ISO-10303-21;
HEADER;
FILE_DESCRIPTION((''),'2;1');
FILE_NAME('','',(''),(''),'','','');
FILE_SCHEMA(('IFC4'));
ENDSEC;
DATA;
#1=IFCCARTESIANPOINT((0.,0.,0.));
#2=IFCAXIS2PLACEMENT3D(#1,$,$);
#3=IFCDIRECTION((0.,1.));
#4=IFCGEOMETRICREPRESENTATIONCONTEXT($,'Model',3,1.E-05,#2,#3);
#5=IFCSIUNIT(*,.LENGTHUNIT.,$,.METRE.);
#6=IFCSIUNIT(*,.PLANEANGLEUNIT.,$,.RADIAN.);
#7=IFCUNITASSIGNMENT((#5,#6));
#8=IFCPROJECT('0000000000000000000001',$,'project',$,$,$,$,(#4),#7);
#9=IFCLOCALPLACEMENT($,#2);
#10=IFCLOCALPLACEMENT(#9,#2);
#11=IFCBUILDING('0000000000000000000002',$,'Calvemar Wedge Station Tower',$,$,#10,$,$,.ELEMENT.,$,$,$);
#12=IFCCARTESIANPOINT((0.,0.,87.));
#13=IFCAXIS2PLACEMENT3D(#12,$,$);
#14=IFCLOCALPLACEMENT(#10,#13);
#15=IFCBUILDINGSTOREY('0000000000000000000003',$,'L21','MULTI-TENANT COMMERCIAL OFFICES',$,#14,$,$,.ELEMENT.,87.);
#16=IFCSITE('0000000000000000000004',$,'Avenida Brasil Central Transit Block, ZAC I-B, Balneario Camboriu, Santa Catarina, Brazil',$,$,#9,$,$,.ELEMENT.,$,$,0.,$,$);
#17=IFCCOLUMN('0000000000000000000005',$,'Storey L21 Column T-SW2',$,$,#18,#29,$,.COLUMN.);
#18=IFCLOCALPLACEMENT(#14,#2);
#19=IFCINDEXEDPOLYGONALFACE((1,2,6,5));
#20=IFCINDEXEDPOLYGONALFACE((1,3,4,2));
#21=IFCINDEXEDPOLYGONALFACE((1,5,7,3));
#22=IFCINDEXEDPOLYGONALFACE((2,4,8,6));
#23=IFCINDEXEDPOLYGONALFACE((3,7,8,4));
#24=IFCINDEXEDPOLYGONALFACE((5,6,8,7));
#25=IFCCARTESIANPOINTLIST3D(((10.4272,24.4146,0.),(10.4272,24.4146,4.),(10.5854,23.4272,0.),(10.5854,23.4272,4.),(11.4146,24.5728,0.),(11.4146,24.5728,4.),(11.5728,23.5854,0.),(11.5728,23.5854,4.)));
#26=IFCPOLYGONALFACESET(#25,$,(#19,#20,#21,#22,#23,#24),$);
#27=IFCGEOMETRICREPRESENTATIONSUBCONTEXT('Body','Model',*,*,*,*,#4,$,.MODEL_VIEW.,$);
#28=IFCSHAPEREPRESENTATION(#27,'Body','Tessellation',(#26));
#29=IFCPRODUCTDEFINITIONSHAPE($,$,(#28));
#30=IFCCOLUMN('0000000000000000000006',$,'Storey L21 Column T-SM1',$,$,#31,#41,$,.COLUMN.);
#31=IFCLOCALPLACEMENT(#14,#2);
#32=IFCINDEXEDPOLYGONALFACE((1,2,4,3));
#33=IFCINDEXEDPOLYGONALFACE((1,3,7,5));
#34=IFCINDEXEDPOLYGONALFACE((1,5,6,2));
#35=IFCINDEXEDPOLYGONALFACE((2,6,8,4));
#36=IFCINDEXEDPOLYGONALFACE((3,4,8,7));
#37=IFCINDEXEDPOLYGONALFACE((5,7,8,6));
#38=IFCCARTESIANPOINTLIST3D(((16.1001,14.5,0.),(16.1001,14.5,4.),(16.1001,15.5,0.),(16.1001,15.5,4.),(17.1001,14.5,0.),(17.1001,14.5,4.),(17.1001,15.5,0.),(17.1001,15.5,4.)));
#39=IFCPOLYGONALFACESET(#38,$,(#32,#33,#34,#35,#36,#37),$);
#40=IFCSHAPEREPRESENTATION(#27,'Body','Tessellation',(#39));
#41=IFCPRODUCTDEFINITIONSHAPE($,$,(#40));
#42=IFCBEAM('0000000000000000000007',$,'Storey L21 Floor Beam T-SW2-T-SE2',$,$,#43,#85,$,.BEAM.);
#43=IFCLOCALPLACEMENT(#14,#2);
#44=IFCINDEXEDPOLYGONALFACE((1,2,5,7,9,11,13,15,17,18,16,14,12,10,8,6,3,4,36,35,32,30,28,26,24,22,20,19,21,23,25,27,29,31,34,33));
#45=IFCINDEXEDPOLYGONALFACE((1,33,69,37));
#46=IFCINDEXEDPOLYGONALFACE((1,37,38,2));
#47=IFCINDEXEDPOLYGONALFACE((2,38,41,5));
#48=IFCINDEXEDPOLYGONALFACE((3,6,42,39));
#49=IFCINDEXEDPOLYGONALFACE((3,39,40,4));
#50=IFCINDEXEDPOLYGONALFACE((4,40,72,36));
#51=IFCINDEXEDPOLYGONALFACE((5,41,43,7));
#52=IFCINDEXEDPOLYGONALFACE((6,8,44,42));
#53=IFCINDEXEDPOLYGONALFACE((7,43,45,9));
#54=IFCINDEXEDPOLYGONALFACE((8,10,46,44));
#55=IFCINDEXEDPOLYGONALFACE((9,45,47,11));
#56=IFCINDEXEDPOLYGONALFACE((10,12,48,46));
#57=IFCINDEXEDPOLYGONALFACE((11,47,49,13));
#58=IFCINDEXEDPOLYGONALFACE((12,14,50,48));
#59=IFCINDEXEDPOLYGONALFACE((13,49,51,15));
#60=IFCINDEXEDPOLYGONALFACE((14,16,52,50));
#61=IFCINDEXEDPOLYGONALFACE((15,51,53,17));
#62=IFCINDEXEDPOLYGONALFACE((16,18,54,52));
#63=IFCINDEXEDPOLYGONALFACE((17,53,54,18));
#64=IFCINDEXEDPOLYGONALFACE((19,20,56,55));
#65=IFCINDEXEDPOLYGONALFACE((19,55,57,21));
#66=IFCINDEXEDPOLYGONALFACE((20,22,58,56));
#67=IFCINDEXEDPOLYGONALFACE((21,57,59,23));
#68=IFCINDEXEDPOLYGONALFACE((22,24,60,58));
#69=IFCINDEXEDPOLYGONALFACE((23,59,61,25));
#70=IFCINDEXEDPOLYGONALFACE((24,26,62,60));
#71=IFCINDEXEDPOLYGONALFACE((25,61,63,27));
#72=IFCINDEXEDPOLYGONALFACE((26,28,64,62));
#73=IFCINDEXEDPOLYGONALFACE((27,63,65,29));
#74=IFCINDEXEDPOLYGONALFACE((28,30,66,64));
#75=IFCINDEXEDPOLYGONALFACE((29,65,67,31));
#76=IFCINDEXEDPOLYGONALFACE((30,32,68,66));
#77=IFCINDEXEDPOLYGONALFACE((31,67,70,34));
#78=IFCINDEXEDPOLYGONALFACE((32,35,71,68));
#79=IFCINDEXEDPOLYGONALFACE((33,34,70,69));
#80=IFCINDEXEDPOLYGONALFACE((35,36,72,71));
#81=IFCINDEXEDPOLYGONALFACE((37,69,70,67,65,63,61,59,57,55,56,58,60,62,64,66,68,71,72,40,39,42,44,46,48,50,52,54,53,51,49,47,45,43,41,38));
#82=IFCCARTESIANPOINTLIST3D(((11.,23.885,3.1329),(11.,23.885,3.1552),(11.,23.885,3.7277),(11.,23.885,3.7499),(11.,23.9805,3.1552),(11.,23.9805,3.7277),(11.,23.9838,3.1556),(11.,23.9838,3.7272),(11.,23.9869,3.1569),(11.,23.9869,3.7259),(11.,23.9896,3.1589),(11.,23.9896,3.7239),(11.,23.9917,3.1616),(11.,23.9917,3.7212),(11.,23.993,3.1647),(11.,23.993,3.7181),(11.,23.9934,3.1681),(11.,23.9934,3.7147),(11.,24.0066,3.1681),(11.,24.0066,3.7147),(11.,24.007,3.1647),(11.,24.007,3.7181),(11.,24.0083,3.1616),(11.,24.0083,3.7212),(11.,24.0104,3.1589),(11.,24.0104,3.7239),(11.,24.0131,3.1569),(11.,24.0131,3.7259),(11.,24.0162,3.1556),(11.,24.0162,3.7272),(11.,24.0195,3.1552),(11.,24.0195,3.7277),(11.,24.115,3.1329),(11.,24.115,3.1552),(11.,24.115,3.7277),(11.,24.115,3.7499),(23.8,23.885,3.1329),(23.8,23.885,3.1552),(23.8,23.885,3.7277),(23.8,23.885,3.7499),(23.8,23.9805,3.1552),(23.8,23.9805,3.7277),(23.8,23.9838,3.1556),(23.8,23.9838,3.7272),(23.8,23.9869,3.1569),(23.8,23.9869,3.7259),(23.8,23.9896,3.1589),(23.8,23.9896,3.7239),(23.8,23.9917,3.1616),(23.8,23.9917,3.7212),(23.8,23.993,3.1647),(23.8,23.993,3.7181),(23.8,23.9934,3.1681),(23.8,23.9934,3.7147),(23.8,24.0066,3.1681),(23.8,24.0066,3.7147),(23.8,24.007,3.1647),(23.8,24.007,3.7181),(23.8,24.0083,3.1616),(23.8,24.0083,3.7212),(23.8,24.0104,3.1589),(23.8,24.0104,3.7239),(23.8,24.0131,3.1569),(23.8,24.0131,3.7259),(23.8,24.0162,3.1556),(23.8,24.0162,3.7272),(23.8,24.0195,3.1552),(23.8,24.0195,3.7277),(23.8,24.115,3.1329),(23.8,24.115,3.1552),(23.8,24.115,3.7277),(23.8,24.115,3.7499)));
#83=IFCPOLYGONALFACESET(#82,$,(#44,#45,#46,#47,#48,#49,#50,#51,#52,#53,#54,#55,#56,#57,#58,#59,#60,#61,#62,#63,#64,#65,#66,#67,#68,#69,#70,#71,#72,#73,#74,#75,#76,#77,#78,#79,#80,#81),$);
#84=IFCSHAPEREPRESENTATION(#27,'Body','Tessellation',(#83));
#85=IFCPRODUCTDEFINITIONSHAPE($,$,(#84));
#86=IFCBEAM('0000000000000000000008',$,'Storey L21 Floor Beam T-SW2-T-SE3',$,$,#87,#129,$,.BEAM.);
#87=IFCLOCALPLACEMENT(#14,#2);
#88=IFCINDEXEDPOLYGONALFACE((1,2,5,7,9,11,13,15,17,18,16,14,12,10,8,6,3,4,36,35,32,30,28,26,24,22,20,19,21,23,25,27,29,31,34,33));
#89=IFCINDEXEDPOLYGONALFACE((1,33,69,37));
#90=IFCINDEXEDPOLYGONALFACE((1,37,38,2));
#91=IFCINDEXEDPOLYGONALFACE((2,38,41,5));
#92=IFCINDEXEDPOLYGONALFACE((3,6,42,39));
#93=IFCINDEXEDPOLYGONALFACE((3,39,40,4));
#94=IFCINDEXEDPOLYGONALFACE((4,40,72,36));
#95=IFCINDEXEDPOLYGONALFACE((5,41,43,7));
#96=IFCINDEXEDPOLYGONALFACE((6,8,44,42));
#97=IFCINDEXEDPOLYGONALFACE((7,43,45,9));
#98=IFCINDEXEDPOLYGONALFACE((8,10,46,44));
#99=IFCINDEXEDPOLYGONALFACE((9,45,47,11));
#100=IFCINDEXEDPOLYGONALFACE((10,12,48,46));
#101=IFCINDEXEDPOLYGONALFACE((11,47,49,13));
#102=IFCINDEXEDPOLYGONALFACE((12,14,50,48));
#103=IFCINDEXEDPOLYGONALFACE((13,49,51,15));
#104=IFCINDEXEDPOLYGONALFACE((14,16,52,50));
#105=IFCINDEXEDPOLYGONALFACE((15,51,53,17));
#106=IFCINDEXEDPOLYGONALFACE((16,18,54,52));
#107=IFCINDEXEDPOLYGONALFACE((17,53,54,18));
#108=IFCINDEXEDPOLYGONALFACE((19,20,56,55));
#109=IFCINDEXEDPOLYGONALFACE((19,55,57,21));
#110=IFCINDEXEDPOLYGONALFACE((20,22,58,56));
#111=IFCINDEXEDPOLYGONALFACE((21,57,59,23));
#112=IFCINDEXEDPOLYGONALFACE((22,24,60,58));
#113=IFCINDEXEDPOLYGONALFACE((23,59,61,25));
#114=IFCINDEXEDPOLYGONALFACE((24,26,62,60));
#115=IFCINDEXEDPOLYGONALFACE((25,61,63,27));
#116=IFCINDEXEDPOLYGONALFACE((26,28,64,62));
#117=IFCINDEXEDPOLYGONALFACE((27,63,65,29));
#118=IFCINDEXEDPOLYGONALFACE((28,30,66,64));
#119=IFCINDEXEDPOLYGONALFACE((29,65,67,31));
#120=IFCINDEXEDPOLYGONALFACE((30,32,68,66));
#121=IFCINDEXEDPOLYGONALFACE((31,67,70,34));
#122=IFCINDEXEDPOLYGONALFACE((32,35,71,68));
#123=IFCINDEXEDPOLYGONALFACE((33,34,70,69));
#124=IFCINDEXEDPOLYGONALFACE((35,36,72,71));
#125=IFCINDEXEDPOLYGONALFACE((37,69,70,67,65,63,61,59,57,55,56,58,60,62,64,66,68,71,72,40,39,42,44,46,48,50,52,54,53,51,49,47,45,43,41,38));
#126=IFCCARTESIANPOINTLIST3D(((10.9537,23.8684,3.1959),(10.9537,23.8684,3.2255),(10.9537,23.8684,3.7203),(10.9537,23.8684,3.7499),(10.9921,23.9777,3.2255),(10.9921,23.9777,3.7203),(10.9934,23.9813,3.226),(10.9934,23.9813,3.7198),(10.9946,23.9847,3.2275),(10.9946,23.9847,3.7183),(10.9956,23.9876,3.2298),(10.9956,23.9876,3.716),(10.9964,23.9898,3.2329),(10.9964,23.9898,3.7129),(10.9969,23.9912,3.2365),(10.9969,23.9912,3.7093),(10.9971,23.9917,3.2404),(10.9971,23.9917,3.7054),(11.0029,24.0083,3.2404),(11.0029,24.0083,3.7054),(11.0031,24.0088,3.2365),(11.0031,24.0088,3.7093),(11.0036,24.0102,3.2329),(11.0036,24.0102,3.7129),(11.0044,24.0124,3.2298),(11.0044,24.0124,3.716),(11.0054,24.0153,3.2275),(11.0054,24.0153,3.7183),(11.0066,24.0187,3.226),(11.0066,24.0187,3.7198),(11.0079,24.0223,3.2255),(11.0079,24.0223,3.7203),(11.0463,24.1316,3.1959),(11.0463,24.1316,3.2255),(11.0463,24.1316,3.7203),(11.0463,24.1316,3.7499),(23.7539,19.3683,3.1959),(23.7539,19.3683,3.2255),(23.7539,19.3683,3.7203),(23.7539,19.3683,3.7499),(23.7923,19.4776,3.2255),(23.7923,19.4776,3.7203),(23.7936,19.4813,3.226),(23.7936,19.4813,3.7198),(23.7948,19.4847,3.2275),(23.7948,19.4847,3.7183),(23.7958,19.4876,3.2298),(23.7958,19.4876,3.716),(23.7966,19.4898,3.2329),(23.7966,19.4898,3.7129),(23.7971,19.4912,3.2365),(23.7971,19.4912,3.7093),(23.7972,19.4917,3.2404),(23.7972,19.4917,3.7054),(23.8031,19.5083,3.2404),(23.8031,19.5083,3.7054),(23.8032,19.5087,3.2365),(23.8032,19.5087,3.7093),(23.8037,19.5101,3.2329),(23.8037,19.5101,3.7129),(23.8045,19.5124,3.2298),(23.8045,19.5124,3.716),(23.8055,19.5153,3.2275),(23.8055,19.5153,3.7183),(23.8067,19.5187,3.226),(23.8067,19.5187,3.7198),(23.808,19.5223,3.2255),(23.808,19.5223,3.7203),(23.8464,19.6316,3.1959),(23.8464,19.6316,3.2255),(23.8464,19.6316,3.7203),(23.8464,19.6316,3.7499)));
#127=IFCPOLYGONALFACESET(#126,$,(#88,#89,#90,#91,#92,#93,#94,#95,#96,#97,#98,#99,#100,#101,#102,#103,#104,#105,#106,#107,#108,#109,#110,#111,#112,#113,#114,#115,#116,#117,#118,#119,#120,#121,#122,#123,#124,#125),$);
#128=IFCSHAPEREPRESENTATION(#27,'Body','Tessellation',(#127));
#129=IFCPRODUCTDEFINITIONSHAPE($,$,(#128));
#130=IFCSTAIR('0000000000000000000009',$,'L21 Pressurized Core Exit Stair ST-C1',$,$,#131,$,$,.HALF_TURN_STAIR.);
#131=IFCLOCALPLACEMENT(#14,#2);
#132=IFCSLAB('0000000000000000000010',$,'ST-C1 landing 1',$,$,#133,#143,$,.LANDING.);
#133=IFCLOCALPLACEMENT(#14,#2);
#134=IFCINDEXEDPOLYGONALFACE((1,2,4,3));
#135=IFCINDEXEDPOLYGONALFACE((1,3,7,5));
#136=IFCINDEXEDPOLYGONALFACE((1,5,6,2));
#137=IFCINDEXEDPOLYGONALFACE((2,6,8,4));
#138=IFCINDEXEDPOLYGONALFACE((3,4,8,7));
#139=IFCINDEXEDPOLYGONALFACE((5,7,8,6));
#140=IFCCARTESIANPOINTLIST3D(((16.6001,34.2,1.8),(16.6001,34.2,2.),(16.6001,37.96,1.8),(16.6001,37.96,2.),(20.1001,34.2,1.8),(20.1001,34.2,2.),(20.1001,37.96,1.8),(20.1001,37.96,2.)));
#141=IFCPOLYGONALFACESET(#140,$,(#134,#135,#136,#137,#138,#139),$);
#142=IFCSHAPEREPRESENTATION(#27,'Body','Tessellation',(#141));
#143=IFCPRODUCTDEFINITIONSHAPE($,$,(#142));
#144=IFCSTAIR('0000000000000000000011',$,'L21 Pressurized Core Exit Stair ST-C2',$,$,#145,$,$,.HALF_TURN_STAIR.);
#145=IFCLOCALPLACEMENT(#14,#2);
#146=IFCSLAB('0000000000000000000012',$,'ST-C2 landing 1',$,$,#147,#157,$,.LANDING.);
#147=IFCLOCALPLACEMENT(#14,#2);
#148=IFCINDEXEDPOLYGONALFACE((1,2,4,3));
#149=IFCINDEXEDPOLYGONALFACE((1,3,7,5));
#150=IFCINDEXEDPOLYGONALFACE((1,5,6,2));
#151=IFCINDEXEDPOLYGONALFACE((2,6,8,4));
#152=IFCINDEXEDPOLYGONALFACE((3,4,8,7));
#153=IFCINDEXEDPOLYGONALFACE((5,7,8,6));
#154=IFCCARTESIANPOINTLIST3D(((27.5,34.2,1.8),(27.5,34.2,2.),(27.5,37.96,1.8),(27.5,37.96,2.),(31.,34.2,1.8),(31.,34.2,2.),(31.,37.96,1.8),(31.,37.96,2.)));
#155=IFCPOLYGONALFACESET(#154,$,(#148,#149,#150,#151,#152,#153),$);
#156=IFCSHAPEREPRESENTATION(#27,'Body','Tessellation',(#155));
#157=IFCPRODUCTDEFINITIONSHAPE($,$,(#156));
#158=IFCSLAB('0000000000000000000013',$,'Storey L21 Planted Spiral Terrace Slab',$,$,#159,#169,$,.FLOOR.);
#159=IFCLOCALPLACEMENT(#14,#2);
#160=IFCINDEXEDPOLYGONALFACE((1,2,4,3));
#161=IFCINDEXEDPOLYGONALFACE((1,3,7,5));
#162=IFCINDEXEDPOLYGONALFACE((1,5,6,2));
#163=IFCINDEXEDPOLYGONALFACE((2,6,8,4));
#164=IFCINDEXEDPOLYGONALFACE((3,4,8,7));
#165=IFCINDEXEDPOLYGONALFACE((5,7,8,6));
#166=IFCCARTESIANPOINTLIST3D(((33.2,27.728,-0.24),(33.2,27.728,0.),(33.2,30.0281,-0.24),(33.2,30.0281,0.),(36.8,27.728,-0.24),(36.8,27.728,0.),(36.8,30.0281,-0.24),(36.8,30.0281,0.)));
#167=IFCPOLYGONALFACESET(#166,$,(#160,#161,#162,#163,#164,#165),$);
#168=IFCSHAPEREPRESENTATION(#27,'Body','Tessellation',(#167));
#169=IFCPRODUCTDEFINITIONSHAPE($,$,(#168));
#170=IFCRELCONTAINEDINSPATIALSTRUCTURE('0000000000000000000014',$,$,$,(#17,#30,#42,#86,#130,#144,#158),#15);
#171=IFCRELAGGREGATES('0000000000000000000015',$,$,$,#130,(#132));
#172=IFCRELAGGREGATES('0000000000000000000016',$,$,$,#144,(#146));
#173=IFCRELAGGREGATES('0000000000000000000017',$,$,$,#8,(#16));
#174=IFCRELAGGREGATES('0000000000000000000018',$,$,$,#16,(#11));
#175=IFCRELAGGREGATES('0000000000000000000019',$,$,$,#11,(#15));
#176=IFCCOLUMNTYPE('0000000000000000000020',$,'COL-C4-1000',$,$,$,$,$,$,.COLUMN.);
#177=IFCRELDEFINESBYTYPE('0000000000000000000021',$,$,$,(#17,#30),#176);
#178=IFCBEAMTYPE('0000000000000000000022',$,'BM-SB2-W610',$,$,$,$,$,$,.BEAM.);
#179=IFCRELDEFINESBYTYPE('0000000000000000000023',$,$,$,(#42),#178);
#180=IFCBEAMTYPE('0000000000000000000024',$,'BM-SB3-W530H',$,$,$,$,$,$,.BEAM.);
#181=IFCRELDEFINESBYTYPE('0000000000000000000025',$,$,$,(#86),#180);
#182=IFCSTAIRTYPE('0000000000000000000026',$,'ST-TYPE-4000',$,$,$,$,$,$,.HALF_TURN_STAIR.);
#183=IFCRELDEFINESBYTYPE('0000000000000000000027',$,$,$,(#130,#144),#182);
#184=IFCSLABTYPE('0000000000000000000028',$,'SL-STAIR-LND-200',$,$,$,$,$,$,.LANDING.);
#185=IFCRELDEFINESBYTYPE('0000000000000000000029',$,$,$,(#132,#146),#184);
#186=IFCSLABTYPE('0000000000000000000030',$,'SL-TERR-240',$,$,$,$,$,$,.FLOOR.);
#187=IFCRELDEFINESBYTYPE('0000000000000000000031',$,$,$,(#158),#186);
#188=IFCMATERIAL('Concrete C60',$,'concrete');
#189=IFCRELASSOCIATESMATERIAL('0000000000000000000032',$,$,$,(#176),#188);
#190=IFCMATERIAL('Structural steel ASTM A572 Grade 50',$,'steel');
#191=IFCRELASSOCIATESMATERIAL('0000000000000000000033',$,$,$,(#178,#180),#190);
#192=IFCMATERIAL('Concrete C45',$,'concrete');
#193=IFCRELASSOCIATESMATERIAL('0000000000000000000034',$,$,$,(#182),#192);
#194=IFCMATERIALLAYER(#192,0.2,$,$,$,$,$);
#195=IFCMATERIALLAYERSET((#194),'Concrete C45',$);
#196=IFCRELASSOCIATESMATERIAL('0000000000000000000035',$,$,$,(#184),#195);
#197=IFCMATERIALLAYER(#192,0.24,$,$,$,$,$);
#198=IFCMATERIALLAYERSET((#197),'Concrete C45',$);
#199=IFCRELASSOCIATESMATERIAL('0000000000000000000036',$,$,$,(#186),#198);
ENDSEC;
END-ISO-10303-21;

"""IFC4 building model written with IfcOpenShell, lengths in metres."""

from ifc_helpers import new_model, si_unit, direction, frame, origin, origin_2d, place, context, subcontext, project, spatial, polyline, rectangle, i_section, outline, extrude, source, transform, mapped, material, layer, layer_set, material_profile, profile_set, type_object, element, aggregate, save


model = new_model("IFC4")

# Units and contexts
model_context = context("Model", 3, precision=1e-05, world=origin(), true_north=direction((0.0, 1.0)))
body_context = subcontext(model_context, "Body", "Model", "MODEL_VIEW")
ifc_project = project(units=[si_unit("LENGTHUNIT", "METRE"), si_unit("PLANEANGLEUNIT", "RADIAN")], contexts=[model_context])

# Site, building, storey
site_placement = place(None, origin())
site = spatial("IfcSite", under=ifc_project, at=site_placement, Name="Avenida Brasil Central Transit Block, ZAC I-B, Balneario Camboriu, Santa Catarina, Brazil", CompositionType="ELEMENT", RefElevation=0.0)
building_placement = place(site_placement, origin())
building = spatial("IfcBuilding", under=site, at=building_placement, Name="Calvemar Wedge Station Tower", CompositionType="ELEMENT")
storey_placement = place(building_placement, frame((0.0, 0.0, 87.0)))
storey = spatial("IfcBuildingStorey", under=building, at=storey_placement, Name="L21", Description="MULTI-TENANT COMMERCIAL OFFICES", CompositionType="ELEMENT", Elevation=87.0)

# Columns
ifc_material_1 = material(Name="Concrete C60", Category="concrete")
ifc_material_profile_1 = material_profile(ifc_material_1, rectangle(XDim=1.0, YDim=1.0, at=origin_2d()), Name="RC1000x1000")
ifc_profile_set_1 = profile_set([ifc_material_profile_1], Name="Concrete C60")
column_type = type_object("IfcColumnType", Name="COL-C4-1000", PredefinedType="COLUMN", material=ifc_profile_set_1)
shared_shape_1 = source(origin(), body_context, "Body", "SweptSolid", [
    extrude(rectangle(XDim=1.0, YDim=1.0, at=origin_2d()), origin(), (0.0, 0.0, 1.0), 4.0),
])
for number, where, z_axis, x_axis, name in (
    (1, (11.0, 24.0, 0.0), (0.0, 0.0, 1.0), (0.158158, -0.987414, 0.0), "Storey L21 Column T-SW2"),
    (2, (16.6001, 15.0, 0.0), (0.0, 0.0, 1.0), (1.0, 0.0, 0.0), "Storey L21 Column T-SM1"),
):
    element("IfcColumn", number, at=place(storey_placement, frame(where, z_axis=z_axis, x_axis=x_axis)), inside=storey, type_object=column_type, Name=name, PredefinedType="COLUMN", context=body_context, shape_type="MappedRepresentation", body=[
        mapped(shared_shape_1, transform((0.0, 0.0, 0.0), scale=1.0)),
    ])

# Beams
ifc_material_2 = material(Name="Structural steel ASTM A572 Grade 50", Category="steel")
ifc_material_profile_2 = material_profile(ifc_material_2, i_section(OverallWidth=0.23, OverallDepth=0.6169, WebThickness=0.0132, FlangeThickness=0.0222, FilletRadius=0.0129, at=origin_2d()), Name="W610x140")
ifc_profile_set_2 = profile_set([ifc_material_profile_2], Name="Structural steel ASTM A572 Grade 50")
beam_type_1 = type_object("IfcBeamType", Name="BM-SB2-W610", PredefinedType="BEAM", material=ifc_profile_set_2)
shared_shape_2 = source(origin(), body_context, "Body", "SweptSolid", [
    extrude(i_section(OverallWidth=0.23, OverallDepth=0.6169, WebThickness=0.0132, FlangeThickness=0.0222, FilletRadius=0.0129, at=origin_2d()), origin(), (0.0, 0.0, 1.0), 12.8),
])
beam_1_placement = place(storey_placement, frame((11.0, 24.0, 3.4414), z_axis=(1.0, 0.0, 0.0), x_axis=(0.0, 1.0, 0.0)))
element("IfcBeam", 3, at=beam_1_placement, inside=storey, type_object=beam_type_1, Name="Storey L21 Floor Beam T-SW2-T-SE2", PredefinedType="BEAM", context=body_context, shape_type="MappedRepresentation", body=[
    mapped(shared_shape_2, transform((0.0, 0.0, 0.0), scale=1.0)),
])
ifc_material_profile_3 = material_profile(ifc_material_2, i_section(OverallWidth=0.2791, OverallDepth=0.554, WebThickness=0.0176, FlangeThickness=0.0295, FilletRadius=0.0149, at=origin_2d()), Name="W530x196")
ifc_profile_set_3 = profile_set([ifc_material_profile_3], Name="Structural steel ASTM A572 Grade 50")
beam_type_2 = type_object("IfcBeamType", Name="BM-SB3-W530H", PredefinedType="BEAM", material=ifc_profile_set_3)
shared_shape_3 = source(origin(), body_context, "Body", "SweptSolid", [
    extrude(i_section(OverallWidth=0.2791, OverallDepth=0.554, WebThickness=0.0176, FlangeThickness=0.0295, FilletRadius=0.0149, at=origin_2d()), origin(), (0.0, 0.0, 1.0), 13.5681),
])
beam_2_placement = place(storey_placement, frame((11.0, 24.0, 3.4729), z_axis=(0.943398, -0.331662, 0.0), x_axis=(0.331662, 0.943398, 0.0)))
element("IfcBeam", 4, at=beam_2_placement, inside=storey, type_object=beam_type_2, Name="Storey L21 Floor Beam T-SW2-T-SE3", PredefinedType="BEAM", context=body_context, shape_type="MappedRepresentation", body=[
    mapped(shared_shape_3, transform((0.0, 0.0, 0.0), scale=1.0)),
])

# Stairs, slabs
ifc_material_3 = material(Name="Concrete C45", Category="concrete")
stair_type = type_object("IfcStairType", Name="ST-TYPE-4000", PredefinedType="HALF_TURN_STAIR", material=ifc_material_3)
stair_1_placement = place(storey_placement, origin())
stair_1 = element("IfcStair", 5, at=stair_1_placement, inside=storey, type_object=stair_type, Name="L21 Pressurized Core Exit Stair ST-C1", PredefinedType="HALF_TURN_STAIR")
ifc_layer_1 = layer(ifc_material_3, 0.2)
ifc_layer_set_1 = layer_set([ifc_layer_1], Name="Concrete C45")
slab_type_1 = type_object("IfcSlabType", Name="SL-STAIR-LND-200", PredefinedType="LANDING", material=ifc_layer_set_1)
slab_1_placement = place(storey_placement, frame((0.0, 0.0, 1.8)))
slab_1 = element("IfcSlab", 6, at=slab_1_placement, type_object=slab_type_1, Name="ST-C1 landing 1", PredefinedType="LANDING", context=body_context, shape_type="SweptSolid", body=[
    extrude(outline(polyline([(16.6001, 37.96), (16.6001, 34.2), (20.1001, 34.2), (20.1001, 37.96), (16.6001, 37.96)])), origin(), (0.0, 0.0, 1.0), 0.2),
])
aggregate(stair_1, [slab_1])
stair_2_placement = place(storey_placement, origin())
stair_2 = element("IfcStair", 7, at=stair_2_placement, inside=storey, type_object=stair_type, Name="L21 Pressurized Core Exit Stair ST-C2", PredefinedType="HALF_TURN_STAIR")
slab_2_placement = place(storey_placement, frame((0.0, 0.0, 1.8)))
slab_2 = element("IfcSlab", 8, at=slab_2_placement, type_object=slab_type_1, Name="ST-C2 landing 1", PredefinedType="LANDING", context=body_context, shape_type="SweptSolid", body=[
    extrude(outline(polyline([(27.5, 37.96), (27.5, 34.2), (31.0, 34.2), (31.0, 37.96), (27.5, 37.96)])), origin(), (0.0, 0.0, 1.0), 0.2),
])
aggregate(stair_2, [slab_2])

# Slab
ifc_layer_2 = layer(ifc_material_3, 0.24)
ifc_layer_set_2 = layer_set([ifc_layer_2], Name="Concrete C45")
slab_type_2 = type_object("IfcSlabType", Name="SL-TERR-240", PredefinedType="FLOOR", material=ifc_layer_set_2)
slab_3_placement = place(storey_placement, frame((0.0, 0.0, -0.24)))
element("IfcSlab", 9, at=slab_3_placement, inside=storey, type_object=slab_type_2, Name="Storey L21 Planted Spiral Terrace Slab", PredefinedType="FLOOR", context=body_context, shape_type="SweptSolid", body=[
    extrude(outline(polyline([(33.2, 30.0281), (33.2, 27.728), (36.8, 27.728), (36.8, 30.0281), (33.2, 30.0281)])), origin(), (0.0, 0.0, 1.0), 0.24),
])

save(model, "model.ifc")
